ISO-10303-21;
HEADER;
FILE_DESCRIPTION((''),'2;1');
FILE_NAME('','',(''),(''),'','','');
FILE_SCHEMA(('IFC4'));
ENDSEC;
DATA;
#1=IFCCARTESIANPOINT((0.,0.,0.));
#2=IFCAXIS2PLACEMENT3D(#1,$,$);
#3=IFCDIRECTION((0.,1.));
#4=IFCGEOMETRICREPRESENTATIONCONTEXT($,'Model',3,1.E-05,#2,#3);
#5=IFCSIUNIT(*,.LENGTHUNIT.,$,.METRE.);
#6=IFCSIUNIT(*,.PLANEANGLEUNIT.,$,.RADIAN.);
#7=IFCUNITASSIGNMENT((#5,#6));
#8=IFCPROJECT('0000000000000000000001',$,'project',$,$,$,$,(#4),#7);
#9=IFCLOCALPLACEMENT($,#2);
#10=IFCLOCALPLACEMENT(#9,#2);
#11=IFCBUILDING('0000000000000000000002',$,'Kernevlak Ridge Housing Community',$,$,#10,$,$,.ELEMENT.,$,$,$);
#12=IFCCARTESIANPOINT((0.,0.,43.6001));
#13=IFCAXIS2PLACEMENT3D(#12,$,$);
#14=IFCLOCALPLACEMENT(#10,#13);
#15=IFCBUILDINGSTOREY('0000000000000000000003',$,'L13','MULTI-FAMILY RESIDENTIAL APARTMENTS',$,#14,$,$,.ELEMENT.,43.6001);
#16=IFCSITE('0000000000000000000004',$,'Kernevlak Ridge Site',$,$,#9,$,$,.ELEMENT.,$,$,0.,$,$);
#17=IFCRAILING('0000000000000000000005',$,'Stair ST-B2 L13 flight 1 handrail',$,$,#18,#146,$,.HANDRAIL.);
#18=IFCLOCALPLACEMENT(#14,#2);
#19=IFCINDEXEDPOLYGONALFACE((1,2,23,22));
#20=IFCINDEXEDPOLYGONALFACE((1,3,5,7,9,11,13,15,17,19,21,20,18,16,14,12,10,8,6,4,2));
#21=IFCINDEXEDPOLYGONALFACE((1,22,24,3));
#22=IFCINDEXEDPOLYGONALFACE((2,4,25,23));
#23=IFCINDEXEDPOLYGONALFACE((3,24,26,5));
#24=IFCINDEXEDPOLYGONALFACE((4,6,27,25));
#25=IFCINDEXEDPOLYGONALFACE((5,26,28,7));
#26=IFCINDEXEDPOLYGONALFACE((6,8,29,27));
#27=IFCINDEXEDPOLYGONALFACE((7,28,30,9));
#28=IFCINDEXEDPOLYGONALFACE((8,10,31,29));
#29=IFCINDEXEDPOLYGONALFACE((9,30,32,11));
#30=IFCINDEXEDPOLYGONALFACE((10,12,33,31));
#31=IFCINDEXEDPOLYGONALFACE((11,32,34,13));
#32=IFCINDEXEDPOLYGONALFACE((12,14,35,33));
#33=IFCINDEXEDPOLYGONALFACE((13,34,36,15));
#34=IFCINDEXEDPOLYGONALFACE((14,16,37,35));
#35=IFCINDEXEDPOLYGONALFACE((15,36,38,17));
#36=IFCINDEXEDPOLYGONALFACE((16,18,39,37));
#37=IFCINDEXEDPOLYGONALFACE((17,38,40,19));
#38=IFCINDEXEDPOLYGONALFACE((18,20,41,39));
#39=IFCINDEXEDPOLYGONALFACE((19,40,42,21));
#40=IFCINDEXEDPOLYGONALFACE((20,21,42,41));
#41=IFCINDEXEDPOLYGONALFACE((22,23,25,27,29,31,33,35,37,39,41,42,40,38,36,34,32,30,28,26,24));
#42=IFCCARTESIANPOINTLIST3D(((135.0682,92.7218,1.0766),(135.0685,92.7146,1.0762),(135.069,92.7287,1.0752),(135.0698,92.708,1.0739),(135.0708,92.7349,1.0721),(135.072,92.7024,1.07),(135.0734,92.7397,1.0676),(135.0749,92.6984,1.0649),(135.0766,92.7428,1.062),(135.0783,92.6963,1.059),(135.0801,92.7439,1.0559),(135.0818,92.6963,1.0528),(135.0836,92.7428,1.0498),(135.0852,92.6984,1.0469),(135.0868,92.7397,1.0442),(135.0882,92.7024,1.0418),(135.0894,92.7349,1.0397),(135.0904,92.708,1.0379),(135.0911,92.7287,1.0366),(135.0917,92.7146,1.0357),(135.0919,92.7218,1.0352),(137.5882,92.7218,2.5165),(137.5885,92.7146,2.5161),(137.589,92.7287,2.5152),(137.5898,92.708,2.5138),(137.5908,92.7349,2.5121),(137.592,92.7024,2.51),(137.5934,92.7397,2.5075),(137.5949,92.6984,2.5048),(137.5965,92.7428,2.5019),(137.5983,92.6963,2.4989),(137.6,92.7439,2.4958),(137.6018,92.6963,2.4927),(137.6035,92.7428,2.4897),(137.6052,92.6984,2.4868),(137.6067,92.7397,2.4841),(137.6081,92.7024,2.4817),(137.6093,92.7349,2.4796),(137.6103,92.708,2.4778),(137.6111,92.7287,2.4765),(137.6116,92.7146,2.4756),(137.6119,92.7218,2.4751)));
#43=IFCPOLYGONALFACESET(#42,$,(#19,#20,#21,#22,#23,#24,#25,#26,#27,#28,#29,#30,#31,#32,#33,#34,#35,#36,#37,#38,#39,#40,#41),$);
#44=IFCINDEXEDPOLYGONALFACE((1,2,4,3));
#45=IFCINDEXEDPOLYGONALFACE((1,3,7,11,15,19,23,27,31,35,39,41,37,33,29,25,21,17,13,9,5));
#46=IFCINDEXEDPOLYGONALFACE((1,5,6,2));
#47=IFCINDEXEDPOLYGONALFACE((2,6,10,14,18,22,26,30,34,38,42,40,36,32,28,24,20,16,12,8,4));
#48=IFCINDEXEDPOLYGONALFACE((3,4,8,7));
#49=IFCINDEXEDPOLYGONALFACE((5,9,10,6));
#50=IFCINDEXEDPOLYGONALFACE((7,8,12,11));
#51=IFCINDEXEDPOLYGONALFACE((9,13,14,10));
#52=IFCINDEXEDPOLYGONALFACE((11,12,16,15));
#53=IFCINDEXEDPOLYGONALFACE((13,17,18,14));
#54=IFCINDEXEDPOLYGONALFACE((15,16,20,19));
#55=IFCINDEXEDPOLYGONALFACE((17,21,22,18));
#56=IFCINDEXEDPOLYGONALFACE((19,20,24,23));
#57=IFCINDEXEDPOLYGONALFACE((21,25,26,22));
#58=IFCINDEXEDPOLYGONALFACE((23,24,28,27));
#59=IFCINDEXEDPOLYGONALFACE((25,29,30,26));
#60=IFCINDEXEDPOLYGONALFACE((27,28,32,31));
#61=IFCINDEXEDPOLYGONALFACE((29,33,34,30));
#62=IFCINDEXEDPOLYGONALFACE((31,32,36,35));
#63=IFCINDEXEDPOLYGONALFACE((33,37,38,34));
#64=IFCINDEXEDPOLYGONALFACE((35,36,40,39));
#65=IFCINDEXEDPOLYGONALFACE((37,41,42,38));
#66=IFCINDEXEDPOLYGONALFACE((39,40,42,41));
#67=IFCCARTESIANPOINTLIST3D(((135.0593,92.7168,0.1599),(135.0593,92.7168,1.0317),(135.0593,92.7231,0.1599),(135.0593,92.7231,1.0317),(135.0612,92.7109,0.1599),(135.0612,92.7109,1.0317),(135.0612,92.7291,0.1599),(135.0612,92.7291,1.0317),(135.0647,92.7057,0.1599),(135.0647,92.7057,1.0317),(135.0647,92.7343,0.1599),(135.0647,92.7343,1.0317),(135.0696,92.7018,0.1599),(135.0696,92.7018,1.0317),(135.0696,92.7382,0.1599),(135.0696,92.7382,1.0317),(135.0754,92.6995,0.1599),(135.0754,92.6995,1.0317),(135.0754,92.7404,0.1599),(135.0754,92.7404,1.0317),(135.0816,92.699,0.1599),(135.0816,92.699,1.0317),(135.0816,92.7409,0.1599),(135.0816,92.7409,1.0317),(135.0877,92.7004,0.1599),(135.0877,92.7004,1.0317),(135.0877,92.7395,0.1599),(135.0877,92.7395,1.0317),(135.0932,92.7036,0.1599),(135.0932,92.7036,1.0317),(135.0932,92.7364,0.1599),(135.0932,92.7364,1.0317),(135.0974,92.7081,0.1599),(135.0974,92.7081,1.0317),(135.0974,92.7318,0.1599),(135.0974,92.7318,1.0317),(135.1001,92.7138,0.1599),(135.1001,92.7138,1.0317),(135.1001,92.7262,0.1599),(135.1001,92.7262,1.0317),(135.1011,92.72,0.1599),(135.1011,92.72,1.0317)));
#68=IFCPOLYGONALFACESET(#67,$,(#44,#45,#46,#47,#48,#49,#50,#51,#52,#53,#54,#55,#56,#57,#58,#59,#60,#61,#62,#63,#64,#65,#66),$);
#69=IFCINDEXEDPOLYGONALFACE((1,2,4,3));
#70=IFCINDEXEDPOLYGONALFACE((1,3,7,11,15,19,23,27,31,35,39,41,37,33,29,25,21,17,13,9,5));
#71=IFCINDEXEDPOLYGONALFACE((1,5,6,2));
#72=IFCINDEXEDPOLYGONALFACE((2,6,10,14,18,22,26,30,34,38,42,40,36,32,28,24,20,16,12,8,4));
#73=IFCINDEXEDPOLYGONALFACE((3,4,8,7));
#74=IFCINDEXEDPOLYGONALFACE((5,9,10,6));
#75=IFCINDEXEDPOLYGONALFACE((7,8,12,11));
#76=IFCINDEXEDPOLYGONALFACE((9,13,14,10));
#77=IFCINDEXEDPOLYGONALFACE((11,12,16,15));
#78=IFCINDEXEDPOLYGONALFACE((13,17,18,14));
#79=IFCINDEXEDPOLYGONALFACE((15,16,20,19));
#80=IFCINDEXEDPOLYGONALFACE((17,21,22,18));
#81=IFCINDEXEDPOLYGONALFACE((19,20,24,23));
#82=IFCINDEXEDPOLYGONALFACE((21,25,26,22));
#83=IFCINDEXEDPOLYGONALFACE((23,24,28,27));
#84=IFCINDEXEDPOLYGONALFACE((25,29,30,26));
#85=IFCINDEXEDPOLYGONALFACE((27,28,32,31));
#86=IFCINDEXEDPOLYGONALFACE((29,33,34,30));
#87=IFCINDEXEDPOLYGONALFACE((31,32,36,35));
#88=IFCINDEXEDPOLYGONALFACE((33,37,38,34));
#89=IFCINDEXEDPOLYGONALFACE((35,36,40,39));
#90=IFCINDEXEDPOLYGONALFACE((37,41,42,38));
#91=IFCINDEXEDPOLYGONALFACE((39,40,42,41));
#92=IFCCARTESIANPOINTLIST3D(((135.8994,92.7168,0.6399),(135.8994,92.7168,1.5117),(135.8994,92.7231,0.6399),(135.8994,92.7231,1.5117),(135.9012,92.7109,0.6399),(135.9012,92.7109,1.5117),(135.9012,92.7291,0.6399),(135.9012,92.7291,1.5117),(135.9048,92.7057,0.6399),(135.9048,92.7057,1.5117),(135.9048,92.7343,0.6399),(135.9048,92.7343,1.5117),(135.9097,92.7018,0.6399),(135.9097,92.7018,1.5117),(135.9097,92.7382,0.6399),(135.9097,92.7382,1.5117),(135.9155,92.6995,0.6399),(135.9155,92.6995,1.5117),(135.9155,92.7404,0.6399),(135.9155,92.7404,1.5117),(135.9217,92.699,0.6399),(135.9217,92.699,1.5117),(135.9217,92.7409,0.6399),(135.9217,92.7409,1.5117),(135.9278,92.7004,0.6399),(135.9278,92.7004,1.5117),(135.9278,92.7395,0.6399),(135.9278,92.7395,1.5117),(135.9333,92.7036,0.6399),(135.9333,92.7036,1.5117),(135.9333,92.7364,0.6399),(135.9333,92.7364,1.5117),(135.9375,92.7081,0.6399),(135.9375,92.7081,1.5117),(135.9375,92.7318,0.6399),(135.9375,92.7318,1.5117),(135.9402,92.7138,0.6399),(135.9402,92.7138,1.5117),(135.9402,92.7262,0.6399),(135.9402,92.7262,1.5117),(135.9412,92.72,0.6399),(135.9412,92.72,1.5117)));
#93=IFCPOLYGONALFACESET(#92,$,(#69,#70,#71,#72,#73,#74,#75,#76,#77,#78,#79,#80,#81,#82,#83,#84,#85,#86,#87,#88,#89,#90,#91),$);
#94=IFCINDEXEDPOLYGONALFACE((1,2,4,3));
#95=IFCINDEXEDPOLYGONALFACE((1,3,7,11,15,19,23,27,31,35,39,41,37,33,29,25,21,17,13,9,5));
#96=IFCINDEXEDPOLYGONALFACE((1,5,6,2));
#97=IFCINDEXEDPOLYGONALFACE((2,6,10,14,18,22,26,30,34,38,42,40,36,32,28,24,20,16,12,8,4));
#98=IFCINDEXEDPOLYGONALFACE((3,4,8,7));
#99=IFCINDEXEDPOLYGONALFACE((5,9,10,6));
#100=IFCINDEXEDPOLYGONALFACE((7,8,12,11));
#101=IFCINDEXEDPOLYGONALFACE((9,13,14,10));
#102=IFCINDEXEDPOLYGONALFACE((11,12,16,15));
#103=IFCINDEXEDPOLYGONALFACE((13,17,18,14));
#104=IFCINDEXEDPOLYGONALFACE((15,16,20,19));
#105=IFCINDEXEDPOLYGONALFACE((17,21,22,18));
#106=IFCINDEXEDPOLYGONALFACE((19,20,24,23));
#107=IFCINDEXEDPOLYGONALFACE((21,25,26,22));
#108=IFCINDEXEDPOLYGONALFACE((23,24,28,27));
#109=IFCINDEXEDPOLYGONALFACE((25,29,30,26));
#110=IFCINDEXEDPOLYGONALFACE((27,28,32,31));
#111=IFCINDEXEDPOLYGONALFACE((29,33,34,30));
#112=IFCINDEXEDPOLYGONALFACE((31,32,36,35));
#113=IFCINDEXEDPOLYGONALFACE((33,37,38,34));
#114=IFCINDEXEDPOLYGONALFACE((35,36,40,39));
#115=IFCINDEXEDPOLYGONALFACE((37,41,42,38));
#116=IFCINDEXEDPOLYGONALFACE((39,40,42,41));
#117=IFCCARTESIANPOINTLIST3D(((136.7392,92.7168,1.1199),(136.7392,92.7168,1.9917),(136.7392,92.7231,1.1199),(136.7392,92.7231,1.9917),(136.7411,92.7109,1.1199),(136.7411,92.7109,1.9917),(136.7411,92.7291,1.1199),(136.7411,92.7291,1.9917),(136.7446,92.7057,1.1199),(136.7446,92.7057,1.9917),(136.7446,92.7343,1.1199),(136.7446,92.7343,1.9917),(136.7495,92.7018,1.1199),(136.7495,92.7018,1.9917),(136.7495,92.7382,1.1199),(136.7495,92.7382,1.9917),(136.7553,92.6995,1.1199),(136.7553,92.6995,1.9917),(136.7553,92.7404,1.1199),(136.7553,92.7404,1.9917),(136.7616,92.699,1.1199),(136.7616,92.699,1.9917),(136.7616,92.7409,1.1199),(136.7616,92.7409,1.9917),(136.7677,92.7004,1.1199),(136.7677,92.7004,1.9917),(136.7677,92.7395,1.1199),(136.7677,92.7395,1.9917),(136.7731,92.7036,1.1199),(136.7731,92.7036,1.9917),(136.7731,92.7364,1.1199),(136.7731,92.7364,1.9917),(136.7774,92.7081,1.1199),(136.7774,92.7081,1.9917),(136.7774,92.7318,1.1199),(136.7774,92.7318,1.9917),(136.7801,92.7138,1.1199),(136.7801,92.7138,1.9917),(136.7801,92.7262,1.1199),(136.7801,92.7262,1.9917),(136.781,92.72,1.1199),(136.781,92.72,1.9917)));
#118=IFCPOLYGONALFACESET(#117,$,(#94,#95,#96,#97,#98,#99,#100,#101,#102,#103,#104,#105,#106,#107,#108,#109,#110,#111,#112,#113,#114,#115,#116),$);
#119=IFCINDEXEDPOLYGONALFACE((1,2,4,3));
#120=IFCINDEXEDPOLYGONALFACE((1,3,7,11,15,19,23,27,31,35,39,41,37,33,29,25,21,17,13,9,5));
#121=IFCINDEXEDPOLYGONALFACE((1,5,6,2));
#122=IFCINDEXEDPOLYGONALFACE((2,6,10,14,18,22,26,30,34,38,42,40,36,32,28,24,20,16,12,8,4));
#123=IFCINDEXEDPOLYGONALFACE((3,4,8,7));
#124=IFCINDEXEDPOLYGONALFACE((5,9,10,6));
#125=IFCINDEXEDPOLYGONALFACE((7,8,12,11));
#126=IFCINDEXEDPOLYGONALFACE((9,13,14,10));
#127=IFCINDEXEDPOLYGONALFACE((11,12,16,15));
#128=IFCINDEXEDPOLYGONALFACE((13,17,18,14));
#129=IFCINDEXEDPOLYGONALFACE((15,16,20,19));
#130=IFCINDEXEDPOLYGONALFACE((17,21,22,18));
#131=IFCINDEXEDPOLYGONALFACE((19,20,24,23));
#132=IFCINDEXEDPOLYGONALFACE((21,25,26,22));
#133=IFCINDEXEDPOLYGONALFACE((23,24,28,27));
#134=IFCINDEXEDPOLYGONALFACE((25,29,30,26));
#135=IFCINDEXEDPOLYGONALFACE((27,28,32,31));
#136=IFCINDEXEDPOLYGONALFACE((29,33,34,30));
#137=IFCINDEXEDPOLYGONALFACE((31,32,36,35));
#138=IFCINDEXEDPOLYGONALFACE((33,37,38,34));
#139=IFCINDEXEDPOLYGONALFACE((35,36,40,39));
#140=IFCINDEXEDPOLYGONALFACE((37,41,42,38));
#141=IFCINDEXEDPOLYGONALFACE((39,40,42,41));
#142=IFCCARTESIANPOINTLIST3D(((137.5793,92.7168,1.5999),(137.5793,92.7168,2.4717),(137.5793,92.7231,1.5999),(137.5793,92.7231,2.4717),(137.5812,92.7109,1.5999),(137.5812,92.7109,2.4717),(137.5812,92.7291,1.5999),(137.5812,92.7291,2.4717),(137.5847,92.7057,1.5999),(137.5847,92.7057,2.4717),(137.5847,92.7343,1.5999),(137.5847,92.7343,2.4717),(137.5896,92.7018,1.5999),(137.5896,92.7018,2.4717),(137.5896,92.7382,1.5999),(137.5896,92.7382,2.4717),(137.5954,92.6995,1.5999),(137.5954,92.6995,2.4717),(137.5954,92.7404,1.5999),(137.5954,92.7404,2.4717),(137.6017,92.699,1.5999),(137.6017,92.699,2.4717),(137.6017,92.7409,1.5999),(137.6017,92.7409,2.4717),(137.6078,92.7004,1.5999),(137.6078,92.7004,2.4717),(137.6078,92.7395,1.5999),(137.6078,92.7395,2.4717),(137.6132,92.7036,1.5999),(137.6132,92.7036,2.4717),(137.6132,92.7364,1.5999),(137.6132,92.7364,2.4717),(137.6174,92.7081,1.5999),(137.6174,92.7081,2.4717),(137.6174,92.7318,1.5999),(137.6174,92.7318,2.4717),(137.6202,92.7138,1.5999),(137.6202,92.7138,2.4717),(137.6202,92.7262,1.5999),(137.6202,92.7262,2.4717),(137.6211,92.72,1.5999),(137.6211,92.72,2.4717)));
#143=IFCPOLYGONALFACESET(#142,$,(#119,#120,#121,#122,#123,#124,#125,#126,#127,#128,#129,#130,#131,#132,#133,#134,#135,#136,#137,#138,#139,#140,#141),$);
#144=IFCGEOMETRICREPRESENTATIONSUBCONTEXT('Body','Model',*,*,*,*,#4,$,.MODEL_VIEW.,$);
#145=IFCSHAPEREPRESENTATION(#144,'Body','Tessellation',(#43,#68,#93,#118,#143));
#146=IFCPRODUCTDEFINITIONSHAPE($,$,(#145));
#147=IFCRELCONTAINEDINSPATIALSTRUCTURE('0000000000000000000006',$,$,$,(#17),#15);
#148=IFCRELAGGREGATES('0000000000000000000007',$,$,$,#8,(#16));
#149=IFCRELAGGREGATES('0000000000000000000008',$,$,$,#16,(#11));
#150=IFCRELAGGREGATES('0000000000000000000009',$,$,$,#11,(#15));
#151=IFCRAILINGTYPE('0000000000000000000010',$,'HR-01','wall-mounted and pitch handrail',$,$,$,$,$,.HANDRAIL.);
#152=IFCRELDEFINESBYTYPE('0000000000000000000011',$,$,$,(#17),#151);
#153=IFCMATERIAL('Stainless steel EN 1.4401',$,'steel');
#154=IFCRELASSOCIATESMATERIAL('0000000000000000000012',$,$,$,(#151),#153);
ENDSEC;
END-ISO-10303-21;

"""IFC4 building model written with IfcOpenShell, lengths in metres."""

from ifc_helpers import new_model, si_unit, direction, frame, origin, origin_2d, place, context, subcontext, project, spatial, circle, extrude, material, type_object, element, save


model = new_model("IFC4")

# Units and contexts
model_context = context("Model", 3, precision=1e-05, world=origin(), true_north=direction((0.0, 1.0)))
body_context = subcontext(model_context, "Body", "Model", "MODEL_VIEW")
ifc_project = project(units=[si_unit("LENGTHUNIT", "METRE"), si_unit("PLANEANGLEUNIT", "RADIAN")], contexts=[model_context])

# Site, building, storey
site_placement = place(None, origin())
site = spatial("IfcSite", under=ifc_project, at=site_placement, Name="Kernevlak Ridge Site", CompositionType="ELEMENT", RefElevation=0.0)
building_placement = place(site_placement, origin())
building = spatial("IfcBuilding", under=site, at=building_placement, Name="Kernevlak Ridge Housing Community", CompositionType="ELEMENT")
storey_placement = place(building_placement, frame((0.0, 0.0, 43.6001)))
storey = spatial("IfcBuildingStorey", under=building, at=storey_placement, Name="L13", Description="MULTI-FAMILY RESIDENTIAL APARTMENTS", CompositionType="ELEMENT", Elevation=43.6001)

# Railing
ifc_material_1 = material(Name="Stainless steel EN 1.4401", Category="steel")
railing_type_1 = type_object("IfcRailingType", Name="HR-01", Description="wall-mounted and pitch handrail", PredefinedType="HANDRAIL", material=ifc_material_1)
railing_1_placement = place(storey_placement, frame((135.0801, 92.72, 0.1599)))
element("IfcRailing", 1, at=railing_1_placement, inside=storey, type_object=railing_type_1, Name="Stair ST-B2 L13 flight 1 handrail", PredefinedType="HANDRAIL", context=body_context, shape_type="SweptSolid", body=[
    extrude(circle(Radius=0.0239, at=origin_2d()), frame((0.0, 0.0, 0.896), z_axis=(0.868253, 0.0, 0.496121), x_axis=(0.0, 1.0, 0.0)), (0.0, 0.0, 1.0), 2.9023),
    extrude(circle(Radius=0.021, at=origin_2d()), origin(), (0.0, 0.0, 1.0), 0.8718),
    extrude(circle(Radius=0.021, at=origin_2d()), frame((0.8401, 0.0, 0.48)), (0.0, 0.0, 1.0), 0.8718),
    extrude(circle(Radius=0.021, at=origin_2d()), frame((1.6799, 0.0, 0.96)), (0.0, 0.0, 1.0), 0.8718),
    extrude(circle(Radius=0.021, at=origin_2d()), frame((2.52, 0.0, 1.4399)), (0.0, 0.0, 1.0), 0.8718),
])

save(model, "model.ifc")
